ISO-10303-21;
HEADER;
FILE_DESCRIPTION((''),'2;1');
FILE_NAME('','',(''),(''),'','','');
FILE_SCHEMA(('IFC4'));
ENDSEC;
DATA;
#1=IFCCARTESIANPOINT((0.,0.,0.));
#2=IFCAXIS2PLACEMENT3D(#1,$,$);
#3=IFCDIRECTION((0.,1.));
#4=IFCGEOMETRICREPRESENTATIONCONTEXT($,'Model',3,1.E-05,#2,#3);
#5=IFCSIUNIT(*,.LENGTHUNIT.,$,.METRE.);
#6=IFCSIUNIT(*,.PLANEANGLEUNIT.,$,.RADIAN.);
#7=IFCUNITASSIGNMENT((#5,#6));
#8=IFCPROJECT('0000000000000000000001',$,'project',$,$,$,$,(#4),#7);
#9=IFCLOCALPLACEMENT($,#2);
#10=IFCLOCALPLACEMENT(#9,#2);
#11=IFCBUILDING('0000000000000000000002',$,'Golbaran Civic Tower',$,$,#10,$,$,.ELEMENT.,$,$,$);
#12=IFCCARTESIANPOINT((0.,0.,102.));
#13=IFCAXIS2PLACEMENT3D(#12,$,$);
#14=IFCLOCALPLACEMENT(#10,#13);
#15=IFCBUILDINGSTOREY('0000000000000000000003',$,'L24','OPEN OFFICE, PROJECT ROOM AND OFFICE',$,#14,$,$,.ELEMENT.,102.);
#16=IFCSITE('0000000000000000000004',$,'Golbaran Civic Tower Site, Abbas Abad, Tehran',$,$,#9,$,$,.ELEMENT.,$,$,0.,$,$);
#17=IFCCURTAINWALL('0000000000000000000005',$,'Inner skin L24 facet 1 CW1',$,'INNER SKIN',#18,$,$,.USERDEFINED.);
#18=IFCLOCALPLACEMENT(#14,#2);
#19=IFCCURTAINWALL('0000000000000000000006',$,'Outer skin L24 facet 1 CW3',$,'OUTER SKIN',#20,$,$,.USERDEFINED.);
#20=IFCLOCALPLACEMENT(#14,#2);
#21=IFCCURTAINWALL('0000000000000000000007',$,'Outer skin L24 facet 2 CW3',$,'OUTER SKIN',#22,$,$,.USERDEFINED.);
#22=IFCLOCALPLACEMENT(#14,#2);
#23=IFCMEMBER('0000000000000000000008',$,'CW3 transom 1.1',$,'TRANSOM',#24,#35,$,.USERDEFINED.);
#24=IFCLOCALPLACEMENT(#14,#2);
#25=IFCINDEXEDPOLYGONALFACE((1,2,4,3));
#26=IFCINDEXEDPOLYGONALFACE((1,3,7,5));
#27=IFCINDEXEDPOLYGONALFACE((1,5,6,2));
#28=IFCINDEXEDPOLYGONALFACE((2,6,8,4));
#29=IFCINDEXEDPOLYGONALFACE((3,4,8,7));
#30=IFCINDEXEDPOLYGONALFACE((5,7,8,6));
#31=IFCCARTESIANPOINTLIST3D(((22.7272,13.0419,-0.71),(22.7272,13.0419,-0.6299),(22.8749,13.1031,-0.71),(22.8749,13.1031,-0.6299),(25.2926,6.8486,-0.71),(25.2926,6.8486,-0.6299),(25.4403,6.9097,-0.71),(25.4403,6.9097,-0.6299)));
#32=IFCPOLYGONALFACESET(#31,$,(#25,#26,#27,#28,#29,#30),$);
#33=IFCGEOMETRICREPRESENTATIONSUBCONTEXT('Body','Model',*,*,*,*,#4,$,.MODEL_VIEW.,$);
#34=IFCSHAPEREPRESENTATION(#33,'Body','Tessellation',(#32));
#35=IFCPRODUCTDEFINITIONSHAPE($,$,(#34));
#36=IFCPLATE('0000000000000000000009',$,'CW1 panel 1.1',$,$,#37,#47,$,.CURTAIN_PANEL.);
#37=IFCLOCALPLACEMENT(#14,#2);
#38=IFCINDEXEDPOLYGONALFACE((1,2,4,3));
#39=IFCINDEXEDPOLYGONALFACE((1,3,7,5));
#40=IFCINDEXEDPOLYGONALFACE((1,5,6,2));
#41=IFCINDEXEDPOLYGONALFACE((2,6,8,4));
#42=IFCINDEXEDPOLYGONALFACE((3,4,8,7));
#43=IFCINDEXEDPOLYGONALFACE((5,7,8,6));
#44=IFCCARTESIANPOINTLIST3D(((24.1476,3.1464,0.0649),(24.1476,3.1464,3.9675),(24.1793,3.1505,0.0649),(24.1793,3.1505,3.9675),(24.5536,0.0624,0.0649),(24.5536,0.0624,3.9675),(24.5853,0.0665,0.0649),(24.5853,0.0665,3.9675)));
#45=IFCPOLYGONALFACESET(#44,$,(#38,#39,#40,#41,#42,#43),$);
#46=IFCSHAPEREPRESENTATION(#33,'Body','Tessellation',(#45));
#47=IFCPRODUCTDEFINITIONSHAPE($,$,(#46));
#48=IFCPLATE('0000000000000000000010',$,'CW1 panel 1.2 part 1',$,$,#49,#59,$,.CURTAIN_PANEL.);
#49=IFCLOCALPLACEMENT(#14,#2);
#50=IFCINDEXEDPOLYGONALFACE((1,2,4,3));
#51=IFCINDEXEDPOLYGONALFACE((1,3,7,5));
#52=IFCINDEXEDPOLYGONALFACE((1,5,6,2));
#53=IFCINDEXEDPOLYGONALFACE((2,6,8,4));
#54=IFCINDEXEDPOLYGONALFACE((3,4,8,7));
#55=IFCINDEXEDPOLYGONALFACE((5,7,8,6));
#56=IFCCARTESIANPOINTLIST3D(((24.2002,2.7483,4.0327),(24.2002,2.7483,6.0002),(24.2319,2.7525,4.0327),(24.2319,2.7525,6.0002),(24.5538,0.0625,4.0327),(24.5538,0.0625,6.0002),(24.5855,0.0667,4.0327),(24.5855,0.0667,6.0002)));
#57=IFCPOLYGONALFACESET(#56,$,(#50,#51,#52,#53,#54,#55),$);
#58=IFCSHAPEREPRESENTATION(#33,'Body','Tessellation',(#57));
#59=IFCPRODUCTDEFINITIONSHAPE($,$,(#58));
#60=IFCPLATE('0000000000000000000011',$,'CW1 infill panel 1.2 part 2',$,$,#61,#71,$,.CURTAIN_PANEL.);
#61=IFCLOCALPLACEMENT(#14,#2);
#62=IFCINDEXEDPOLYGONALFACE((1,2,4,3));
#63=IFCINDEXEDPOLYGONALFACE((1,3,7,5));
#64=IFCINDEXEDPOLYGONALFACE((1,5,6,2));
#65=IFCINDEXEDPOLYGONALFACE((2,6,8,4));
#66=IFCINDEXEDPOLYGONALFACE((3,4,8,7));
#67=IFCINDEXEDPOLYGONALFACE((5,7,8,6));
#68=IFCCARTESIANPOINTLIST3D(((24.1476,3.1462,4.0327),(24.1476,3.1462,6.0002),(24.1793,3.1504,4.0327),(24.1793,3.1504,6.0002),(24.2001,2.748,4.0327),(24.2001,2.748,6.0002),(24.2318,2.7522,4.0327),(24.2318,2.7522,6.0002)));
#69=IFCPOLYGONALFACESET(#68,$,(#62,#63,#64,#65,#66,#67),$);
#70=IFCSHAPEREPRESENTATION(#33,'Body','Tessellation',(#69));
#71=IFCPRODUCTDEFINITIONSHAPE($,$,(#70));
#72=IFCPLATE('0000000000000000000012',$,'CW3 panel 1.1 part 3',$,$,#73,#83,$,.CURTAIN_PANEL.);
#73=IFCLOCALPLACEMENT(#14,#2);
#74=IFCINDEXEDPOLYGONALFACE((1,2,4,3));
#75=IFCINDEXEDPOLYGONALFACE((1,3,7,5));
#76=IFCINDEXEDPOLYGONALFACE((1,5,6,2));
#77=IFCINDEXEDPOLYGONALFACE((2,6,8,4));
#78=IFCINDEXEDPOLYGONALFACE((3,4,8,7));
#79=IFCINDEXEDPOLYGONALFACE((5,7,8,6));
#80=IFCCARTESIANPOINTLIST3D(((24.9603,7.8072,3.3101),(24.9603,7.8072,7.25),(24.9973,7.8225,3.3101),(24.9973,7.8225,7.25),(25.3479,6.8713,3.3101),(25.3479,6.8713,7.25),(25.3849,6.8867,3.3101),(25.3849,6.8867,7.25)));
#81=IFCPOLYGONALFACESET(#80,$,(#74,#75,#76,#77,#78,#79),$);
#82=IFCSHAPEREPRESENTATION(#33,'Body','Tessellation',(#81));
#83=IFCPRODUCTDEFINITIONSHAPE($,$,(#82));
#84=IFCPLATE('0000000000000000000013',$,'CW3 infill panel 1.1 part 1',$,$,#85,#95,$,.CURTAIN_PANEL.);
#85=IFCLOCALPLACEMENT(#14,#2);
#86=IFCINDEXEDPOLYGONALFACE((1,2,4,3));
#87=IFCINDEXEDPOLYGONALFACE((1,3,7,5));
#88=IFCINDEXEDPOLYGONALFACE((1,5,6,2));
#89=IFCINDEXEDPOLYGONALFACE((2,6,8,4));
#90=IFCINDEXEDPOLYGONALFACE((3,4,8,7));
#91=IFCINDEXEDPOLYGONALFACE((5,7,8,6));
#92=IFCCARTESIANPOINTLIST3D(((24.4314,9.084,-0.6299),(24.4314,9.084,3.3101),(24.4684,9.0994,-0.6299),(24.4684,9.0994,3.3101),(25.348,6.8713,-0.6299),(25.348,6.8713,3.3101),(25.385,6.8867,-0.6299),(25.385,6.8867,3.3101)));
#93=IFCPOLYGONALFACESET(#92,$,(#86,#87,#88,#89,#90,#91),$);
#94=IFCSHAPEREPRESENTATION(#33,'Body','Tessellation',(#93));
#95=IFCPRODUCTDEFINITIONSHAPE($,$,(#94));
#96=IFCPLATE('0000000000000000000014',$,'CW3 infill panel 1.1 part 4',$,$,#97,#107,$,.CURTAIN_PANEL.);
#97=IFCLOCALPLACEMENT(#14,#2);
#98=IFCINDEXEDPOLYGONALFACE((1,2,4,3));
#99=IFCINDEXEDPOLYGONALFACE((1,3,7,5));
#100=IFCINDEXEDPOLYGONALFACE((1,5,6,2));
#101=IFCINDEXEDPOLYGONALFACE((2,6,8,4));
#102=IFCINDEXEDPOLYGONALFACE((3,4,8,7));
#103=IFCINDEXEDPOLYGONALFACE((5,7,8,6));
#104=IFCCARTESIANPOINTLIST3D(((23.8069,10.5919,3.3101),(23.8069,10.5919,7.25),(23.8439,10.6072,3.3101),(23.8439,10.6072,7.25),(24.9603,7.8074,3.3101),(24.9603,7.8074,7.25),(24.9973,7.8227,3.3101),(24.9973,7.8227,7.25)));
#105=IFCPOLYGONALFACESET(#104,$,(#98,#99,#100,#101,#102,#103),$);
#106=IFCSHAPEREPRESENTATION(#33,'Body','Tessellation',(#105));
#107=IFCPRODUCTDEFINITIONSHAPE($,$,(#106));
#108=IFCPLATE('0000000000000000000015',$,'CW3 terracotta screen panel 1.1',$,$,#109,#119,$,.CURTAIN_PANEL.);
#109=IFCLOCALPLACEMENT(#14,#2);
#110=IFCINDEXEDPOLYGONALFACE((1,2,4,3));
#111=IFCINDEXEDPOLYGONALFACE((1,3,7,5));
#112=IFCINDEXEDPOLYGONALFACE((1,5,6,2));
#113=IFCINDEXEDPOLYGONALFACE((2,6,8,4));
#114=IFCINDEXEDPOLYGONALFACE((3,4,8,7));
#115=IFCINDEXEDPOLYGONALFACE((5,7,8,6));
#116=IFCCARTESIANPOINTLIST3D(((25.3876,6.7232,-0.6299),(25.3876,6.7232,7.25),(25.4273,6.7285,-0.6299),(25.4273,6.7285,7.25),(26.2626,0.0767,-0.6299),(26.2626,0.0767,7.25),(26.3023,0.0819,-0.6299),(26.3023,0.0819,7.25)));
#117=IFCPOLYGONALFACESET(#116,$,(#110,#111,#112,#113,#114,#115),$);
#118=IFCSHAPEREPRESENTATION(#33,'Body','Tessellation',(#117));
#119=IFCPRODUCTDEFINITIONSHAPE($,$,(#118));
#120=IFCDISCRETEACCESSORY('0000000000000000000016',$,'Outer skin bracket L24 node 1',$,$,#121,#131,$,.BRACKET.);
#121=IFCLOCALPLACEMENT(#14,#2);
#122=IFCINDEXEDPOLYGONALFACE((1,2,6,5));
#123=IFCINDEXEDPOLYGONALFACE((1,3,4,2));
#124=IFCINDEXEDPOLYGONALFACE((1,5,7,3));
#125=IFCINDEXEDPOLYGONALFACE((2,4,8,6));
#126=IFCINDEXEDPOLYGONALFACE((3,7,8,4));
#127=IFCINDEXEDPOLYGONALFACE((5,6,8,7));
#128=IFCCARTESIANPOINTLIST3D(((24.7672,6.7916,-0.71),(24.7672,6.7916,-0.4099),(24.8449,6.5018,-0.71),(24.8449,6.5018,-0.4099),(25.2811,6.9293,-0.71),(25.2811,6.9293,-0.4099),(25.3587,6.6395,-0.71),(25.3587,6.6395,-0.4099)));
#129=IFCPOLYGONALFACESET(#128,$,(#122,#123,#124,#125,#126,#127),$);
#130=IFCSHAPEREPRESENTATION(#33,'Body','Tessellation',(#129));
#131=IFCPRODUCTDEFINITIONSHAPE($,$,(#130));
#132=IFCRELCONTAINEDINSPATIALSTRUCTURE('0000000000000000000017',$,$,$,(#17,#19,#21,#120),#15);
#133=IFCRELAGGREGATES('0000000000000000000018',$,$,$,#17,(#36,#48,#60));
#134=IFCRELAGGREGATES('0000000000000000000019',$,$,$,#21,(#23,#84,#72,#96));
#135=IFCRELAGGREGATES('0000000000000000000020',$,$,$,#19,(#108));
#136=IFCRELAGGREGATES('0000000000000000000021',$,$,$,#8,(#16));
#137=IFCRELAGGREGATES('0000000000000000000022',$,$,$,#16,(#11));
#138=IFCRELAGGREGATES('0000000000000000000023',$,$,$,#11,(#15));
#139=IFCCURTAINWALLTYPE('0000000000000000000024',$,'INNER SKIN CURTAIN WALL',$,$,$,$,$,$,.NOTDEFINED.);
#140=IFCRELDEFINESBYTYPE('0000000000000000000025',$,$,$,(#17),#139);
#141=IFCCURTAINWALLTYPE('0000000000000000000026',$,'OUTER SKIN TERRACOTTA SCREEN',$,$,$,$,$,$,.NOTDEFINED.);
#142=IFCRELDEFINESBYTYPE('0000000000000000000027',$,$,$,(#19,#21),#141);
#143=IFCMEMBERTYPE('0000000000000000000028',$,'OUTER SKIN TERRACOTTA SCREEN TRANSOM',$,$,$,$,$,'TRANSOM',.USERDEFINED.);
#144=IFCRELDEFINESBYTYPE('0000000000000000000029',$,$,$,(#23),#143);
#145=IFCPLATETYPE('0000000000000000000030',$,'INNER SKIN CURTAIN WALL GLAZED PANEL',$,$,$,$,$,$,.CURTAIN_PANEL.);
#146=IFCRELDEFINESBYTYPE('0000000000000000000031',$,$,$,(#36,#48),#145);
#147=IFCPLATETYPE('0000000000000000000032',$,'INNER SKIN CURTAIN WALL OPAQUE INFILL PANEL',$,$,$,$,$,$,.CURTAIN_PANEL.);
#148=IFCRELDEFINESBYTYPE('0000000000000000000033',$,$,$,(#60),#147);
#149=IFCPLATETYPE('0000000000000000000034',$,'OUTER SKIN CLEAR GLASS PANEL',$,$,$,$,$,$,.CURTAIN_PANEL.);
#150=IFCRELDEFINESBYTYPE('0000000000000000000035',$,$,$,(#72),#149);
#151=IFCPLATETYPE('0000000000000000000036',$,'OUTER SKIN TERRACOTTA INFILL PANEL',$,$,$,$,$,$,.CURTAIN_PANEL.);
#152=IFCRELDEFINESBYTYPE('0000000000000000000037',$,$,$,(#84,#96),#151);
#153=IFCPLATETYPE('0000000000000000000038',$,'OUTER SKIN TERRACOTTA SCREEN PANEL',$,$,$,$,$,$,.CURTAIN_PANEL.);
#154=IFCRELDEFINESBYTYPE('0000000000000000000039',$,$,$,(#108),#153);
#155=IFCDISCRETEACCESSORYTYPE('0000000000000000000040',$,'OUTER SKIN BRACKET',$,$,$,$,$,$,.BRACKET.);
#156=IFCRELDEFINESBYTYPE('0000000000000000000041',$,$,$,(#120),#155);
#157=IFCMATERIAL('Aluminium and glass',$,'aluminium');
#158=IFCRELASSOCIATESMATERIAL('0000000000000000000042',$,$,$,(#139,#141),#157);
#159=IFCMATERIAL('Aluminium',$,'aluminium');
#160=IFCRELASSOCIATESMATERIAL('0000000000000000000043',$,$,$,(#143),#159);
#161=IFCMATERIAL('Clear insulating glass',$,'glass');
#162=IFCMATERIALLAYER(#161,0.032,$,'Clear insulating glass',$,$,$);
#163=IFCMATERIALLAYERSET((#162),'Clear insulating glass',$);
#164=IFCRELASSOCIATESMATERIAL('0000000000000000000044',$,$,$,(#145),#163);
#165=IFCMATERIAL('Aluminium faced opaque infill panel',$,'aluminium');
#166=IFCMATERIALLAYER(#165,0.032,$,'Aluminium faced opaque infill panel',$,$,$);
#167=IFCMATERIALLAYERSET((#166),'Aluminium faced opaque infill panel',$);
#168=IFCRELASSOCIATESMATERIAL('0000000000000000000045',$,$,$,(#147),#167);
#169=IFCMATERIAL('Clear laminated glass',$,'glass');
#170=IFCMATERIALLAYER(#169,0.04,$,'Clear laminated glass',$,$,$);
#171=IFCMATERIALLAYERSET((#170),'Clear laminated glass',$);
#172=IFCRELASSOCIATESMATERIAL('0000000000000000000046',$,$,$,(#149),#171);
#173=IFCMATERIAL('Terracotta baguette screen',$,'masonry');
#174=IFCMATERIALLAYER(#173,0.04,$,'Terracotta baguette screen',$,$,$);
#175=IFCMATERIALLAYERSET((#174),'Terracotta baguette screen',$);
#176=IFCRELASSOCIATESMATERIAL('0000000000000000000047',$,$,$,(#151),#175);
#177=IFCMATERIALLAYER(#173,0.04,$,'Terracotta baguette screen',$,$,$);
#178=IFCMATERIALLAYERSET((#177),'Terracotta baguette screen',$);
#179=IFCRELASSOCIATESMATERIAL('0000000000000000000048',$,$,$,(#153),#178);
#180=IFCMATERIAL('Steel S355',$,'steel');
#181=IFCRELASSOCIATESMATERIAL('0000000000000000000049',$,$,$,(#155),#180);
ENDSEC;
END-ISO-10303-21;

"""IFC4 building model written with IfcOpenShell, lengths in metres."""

from ifc_helpers import new_model, si_unit, direction, frame, origin, origin_2d, place, context, subcontext, project, spatial, rectangle, extrude, material, layer, layer_set, material_profile, profile_set, type_object, element, aggregate, save


model = new_model("IFC4")

# Units and contexts
model_context = context("Model", 3, precision=1e-05, world=origin(), true_north=direction((0.0, 1.0)))
body_context = subcontext(model_context, "Body", "Model", "MODEL_VIEW")
ifc_project = project(units=[si_unit("LENGTHUNIT", "METRE"), si_unit("PLANEANGLEUNIT", "RADIAN")], contexts=[model_context])

# Site, building, storey
site_placement = place(None, origin())
site = spatial("IfcSite", under=ifc_project, at=site_placement, Name="Golbaran Civic Tower Site, Abbas Abad, Tehran", CompositionType="ELEMENT", RefElevation=0.0)
building_placement = place(site_placement, origin())
building = spatial("IfcBuilding", under=site, at=building_placement, Name="Golbaran Civic Tower", CompositionType="ELEMENT")
storey_placement = place(building_placement, frame((0.0, 0.0, 102.0)))
storey = spatial("IfcBuildingStorey", under=building, at=storey_placement, Name="L24", Description="OPEN OFFICE, PROJECT ROOM AND OFFICE", CompositionType="ELEMENT", Elevation=102.0)

# Shared definitions
ifc_material_1 = material(Name="Steel S355", Category="steel")

# Curtain walls
ifc_material_2 = material(Name="Aluminium and glass", Category="aluminium")
curtain_wall_type_1 = type_object("IfcCurtainWallType", Name="INNER SKIN CURTAIN WALL", PredefinedType="NOTDEFINED", material=ifc_material_2)
curtain_wall_1_placement = place(storey_placement, origin())
curtain_wall_1 = element("IfcCurtainWall", 1, at=curtain_wall_1_placement, inside=storey, type_object=curtain_wall_type_1, Name="Inner skin L24 facet 1 CW1", ObjectType="INNER SKIN", PredefinedType="USERDEFINED")
ifc_material_3 = material(Name="Aluminium", Category="aluminium")
curtain_wall_type_2 = type_object("IfcCurtainWallType", Name="OUTER SKIN TERRACOTTA SCREEN", PredefinedType="NOTDEFINED", material=ifc_material_2)
curtain_wall_2_placement = place(storey_placement, origin())
curtain_wall_2 = element("IfcCurtainWall", 2, at=curtain_wall_2_placement, inside=storey, type_object=curtain_wall_type_2, Name="Outer skin L24 facet 1 CW3", ObjectType="OUTER SKIN", PredefinedType="USERDEFINED")

# Curtain wall
curtain_wall_3_placement = place(storey_placement, origin())
curtain_wall_3 = element("IfcCurtainWall", 3, at=curtain_wall_3_placement, inside=storey, type_object=curtain_wall_type_2, Name="Outer skin L24 facet 2 CW3", ObjectType="OUTER SKIN", PredefinedType="USERDEFINED")

# Member
ifc_material_profile_1 = material_profile(ifc_material_3, rectangle(XDim=0.1599, YDim=0.0801, at=origin_2d()), Name="OUTER SKIN TERRACOTTA SCREEN TRANSOM")
ifc_profile_set_1 = profile_set([ifc_material_profile_1], Name="Aluminium")
member_type_1 = type_object("IfcMemberType", Name="OUTER SKIN TERRACOTTA SCREEN TRANSOM", ElementType="TRANSOM", PredefinedType="USERDEFINED", material=ifc_profile_set_1)
member_1_placement = place(storey_placement, frame((25.3665, 6.8792, -0.6699), z_axis=(-0.382691, 0.923877, 0.0), x_axis=(-0.923877, -0.382691, 0.0)))
member_1 = element("IfcMember", 4, at=member_1_placement, type_object=member_type_1, Name="CW3 transom 1.1", ObjectType="TRANSOM", PredefinedType="USERDEFINED", context=body_context, shape_type="SweptSolid", body=[
    extrude(rectangle(XDim=0.1599, YDim=0.0801, at=origin_2d()), origin(), (0.0, 0.0, 1.0), 6.7036),
])

# Plates
ifc_material_4 = material(Name="Clear insulating glass", Category="glass")
ifc_layer_1 = layer(ifc_material_4, 0.032, Name="Clear insulating glass")
ifc_layer_set_1 = layer_set([ifc_layer_1], Name="Clear insulating glass")
plate_type_1 = type_object("IfcPlateType", Name="INNER SKIN CURTAIN WALL GLAZED PANEL", PredefinedType="CURTAIN_PANEL", material=ifc_layer_set_1)
plate_1_placement = place(storey_placement, frame((24.3665, 1.6064, 0.0649), z_axis=(0.0, 0.0, 1.0), x_axis=(-0.130526, 0.991445, 0.0)))
plate_1 = element("IfcPlate", 5, at=plate_1_placement, type_object=plate_type_1, Name="CW1 panel 1.1", PredefinedType="CURTAIN_PANEL", context=body_context, shape_type="SweptSolid", body=[
    extrude(rectangle(XDim=3.1106, YDim=0.032, at=origin_2d()), origin(), (0.0, 0.0, 1.0), 3.9026),
])
plate_2_placement = place(storey_placement, frame((24.3928, 1.4075, 4.0327), z_axis=(0.0, 0.0, 1.0), x_axis=(-0.130526, 0.991445, 0.0)))
plate_2 = element("IfcPlate", 6, at=plate_2_placement, type_object=plate_type_1, Name="CW1 panel 1.2 part 1", PredefinedType="CURTAIN_PANEL", context=body_context, shape_type="SweptSolid", body=[
    extrude(rectangle(XDim=2.709, YDim=0.032, at=origin_2d()), origin(), (0.0, 0.0, 1.0), 1.9675),
])
ifc_material_5 = material(Name="Aluminium faced opaque infill panel", Category="aluminium")
ifc_layer_2 = layer(ifc_material_5, 0.032, Name="Aluminium faced opaque infill panel")
ifc_layer_set_2 = layer_set([ifc_layer_2], Name="Aluminium faced opaque infill panel")
plate_type_2 = type_object("IfcPlateType", Name="INNER SKIN CURTAIN WALL OPAQUE INFILL PANEL", PredefinedType="CURTAIN_PANEL", material=ifc_layer_set_2)
plate_3_placement = place(storey_placement, frame((24.1897, 2.9492, 4.0327), z_axis=(0.0, 0.0, 1.0), x_axis=(-0.130526, 0.991445, 0.0)))
plate_3 = element("IfcPlate", 7, at=plate_3_placement, type_object=plate_type_2, Name="CW1 infill panel 1.2 part 2", PredefinedType="CURTAIN_PANEL", context=body_context, shape_type="SweptSolid", body=[
    extrude(rectangle(XDim=0.4016, YDim=0.032, at=origin_2d()), origin(), (0.0, 0.0, 1.0), 1.9675),
])
aggregate(curtain_wall_1, [plate_1, plate_2, plate_3])
ifc_material_6 = material(Name="Clear laminated glass", Category="glass")
ifc_layer_3 = layer(ifc_material_6, 0.04, Name="Clear laminated glass")
ifc_layer_set_3 = layer_set([ifc_layer_3], Name="Clear laminated glass")
plate_type_3 = type_object("IfcPlateType", Name="OUTER SKIN CLEAR GLASS PANEL", PredefinedType="CURTAIN_PANEL", material=ifc_layer_set_3)
plate_4_placement = place(storey_placement, frame((25.1726, 7.3469, 3.3101), z_axis=(0.0, 0.0, 1.0), x_axis=(-0.382683, 0.92388, 0.0)))
plate_4 = element("IfcPlate", 8, at=plate_4_placement, type_object=plate_type_3, Name="CW3 panel 1.1 part 3", PredefinedType="CURTAIN_PANEL", context=body_context, shape_type="SweptSolid", body=[
    extrude(rectangle(XDim=1.0129, YDim=0.04, at=origin_2d()), origin(), (0.0, 0.0, 1.0), 3.9399),
])
ifc_material_7 = material(Name="Terracotta baguette screen", Category="masonry")
ifc_layer_4 = layer(ifc_material_7, 0.04, Name="Terracotta baguette screen")
ifc_layer_set_4 = layer_set([ifc_layer_4], Name="Terracotta baguette screen")
plate_type_4 = type_object("IfcPlateType", Name="OUTER SKIN TERRACOTTA INFILL PANEL", PredefinedType="CURTAIN_PANEL", material=ifc_layer_set_4)
plate_5_placement = place(storey_placement, frame((24.9082, 7.9854, -0.6299), z_axis=(0.0, 0.0, 1.0), x_axis=(-0.382683, 0.92388, 0.0)))
plate_5 = element("IfcPlate", 9, at=plate_5_placement, type_object=plate_type_4, Name="CW3 infill panel 1.1 part 1", PredefinedType="CURTAIN_PANEL", context=body_context, shape_type="SweptSolid", body=[
    extrude(rectangle(XDim=2.395, YDim=0.04, at=origin_2d()), origin(), (0.0, 0.0, 1.0), 3.9399),
])
plate_6_placement = place(storey_placement, frame((24.4021, 9.2073, 3.3101), z_axis=(0.0, 0.0, 1.0), x_axis=(-0.382683, 0.92388, 0.0)))
plate_6 = element("IfcPlate", 10, at=plate_6_placement, type_object=plate_type_4, Name="CW3 infill panel 1.1 part 4", PredefinedType="CURTAIN_PANEL", context=body_context, shape_type="SweptSolid", body=[
    extrude(rectangle(XDim=3.0139, YDim=0.04, at=origin_2d()), origin(), (0.0, 0.0, 1.0), 3.9399),
])
aggregate(curtain_wall_3, [member_1, plate_5, plate_4, plate_6])
ifc_layer_5 = layer(ifc_material_7, 0.04, Name="Terracotta baguette screen")
ifc_layer_set_5 = layer_set([ifc_layer_5], Name="Terracotta baguette screen")
plate_type_5 = type_object("IfcPlateType", Name="OUTER SKIN TERRACOTTA SCREEN PANEL", PredefinedType="CURTAIN_PANEL", material=ifc_layer_set_5)
plate_7_placement = place(storey_placement, frame((25.845, 3.4026, -0.6299), z_axis=(0.0, 0.0, 1.0), x_axis=(-0.130526, 0.991445, 0.0)))
plate_7 = element("IfcPlate", 11, at=plate_7_placement, type_object=plate_type_5, Name="CW3 terracotta screen panel 1.1", PredefinedType="CURTAIN_PANEL", context=body_context, shape_type="SweptSolid", body=[
    extrude(rectangle(XDim=6.7039, YDim=0.04, at=origin_2d()), origin(), (0.0, 0.0, 1.0), 7.8799),
])
aggregate(curtain_wall_2, [plate_7])

# Discrete accessory
discrete_accessory_type = type_object("IfcDiscreteAccessoryType", Name="OUTER SKIN BRACKET", PredefinedType="BRACKET", material=ifc_material_1)
discrete_accessory_placement = place(storey_placement, frame((25.063, 6.7156, -0.71), z_axis=(0.0, 0.0, 1.0), x_axis=(0.965926, 0.258819, 0.0)))
element("IfcDiscreteAccessory", 12, at=discrete_accessory_placement, inside=storey, type_object=discrete_accessory_type, Name="Outer skin bracket L24 node 1", PredefinedType="BRACKET", context=body_context, shape_type="SweptSolid", body=[
    extrude(rectangle(XDim=0.532, YDim=0.3, at=origin_2d()), origin(), (0.0, 0.0, 1.0), 0.3),
])

save(model, "model.ifc")
